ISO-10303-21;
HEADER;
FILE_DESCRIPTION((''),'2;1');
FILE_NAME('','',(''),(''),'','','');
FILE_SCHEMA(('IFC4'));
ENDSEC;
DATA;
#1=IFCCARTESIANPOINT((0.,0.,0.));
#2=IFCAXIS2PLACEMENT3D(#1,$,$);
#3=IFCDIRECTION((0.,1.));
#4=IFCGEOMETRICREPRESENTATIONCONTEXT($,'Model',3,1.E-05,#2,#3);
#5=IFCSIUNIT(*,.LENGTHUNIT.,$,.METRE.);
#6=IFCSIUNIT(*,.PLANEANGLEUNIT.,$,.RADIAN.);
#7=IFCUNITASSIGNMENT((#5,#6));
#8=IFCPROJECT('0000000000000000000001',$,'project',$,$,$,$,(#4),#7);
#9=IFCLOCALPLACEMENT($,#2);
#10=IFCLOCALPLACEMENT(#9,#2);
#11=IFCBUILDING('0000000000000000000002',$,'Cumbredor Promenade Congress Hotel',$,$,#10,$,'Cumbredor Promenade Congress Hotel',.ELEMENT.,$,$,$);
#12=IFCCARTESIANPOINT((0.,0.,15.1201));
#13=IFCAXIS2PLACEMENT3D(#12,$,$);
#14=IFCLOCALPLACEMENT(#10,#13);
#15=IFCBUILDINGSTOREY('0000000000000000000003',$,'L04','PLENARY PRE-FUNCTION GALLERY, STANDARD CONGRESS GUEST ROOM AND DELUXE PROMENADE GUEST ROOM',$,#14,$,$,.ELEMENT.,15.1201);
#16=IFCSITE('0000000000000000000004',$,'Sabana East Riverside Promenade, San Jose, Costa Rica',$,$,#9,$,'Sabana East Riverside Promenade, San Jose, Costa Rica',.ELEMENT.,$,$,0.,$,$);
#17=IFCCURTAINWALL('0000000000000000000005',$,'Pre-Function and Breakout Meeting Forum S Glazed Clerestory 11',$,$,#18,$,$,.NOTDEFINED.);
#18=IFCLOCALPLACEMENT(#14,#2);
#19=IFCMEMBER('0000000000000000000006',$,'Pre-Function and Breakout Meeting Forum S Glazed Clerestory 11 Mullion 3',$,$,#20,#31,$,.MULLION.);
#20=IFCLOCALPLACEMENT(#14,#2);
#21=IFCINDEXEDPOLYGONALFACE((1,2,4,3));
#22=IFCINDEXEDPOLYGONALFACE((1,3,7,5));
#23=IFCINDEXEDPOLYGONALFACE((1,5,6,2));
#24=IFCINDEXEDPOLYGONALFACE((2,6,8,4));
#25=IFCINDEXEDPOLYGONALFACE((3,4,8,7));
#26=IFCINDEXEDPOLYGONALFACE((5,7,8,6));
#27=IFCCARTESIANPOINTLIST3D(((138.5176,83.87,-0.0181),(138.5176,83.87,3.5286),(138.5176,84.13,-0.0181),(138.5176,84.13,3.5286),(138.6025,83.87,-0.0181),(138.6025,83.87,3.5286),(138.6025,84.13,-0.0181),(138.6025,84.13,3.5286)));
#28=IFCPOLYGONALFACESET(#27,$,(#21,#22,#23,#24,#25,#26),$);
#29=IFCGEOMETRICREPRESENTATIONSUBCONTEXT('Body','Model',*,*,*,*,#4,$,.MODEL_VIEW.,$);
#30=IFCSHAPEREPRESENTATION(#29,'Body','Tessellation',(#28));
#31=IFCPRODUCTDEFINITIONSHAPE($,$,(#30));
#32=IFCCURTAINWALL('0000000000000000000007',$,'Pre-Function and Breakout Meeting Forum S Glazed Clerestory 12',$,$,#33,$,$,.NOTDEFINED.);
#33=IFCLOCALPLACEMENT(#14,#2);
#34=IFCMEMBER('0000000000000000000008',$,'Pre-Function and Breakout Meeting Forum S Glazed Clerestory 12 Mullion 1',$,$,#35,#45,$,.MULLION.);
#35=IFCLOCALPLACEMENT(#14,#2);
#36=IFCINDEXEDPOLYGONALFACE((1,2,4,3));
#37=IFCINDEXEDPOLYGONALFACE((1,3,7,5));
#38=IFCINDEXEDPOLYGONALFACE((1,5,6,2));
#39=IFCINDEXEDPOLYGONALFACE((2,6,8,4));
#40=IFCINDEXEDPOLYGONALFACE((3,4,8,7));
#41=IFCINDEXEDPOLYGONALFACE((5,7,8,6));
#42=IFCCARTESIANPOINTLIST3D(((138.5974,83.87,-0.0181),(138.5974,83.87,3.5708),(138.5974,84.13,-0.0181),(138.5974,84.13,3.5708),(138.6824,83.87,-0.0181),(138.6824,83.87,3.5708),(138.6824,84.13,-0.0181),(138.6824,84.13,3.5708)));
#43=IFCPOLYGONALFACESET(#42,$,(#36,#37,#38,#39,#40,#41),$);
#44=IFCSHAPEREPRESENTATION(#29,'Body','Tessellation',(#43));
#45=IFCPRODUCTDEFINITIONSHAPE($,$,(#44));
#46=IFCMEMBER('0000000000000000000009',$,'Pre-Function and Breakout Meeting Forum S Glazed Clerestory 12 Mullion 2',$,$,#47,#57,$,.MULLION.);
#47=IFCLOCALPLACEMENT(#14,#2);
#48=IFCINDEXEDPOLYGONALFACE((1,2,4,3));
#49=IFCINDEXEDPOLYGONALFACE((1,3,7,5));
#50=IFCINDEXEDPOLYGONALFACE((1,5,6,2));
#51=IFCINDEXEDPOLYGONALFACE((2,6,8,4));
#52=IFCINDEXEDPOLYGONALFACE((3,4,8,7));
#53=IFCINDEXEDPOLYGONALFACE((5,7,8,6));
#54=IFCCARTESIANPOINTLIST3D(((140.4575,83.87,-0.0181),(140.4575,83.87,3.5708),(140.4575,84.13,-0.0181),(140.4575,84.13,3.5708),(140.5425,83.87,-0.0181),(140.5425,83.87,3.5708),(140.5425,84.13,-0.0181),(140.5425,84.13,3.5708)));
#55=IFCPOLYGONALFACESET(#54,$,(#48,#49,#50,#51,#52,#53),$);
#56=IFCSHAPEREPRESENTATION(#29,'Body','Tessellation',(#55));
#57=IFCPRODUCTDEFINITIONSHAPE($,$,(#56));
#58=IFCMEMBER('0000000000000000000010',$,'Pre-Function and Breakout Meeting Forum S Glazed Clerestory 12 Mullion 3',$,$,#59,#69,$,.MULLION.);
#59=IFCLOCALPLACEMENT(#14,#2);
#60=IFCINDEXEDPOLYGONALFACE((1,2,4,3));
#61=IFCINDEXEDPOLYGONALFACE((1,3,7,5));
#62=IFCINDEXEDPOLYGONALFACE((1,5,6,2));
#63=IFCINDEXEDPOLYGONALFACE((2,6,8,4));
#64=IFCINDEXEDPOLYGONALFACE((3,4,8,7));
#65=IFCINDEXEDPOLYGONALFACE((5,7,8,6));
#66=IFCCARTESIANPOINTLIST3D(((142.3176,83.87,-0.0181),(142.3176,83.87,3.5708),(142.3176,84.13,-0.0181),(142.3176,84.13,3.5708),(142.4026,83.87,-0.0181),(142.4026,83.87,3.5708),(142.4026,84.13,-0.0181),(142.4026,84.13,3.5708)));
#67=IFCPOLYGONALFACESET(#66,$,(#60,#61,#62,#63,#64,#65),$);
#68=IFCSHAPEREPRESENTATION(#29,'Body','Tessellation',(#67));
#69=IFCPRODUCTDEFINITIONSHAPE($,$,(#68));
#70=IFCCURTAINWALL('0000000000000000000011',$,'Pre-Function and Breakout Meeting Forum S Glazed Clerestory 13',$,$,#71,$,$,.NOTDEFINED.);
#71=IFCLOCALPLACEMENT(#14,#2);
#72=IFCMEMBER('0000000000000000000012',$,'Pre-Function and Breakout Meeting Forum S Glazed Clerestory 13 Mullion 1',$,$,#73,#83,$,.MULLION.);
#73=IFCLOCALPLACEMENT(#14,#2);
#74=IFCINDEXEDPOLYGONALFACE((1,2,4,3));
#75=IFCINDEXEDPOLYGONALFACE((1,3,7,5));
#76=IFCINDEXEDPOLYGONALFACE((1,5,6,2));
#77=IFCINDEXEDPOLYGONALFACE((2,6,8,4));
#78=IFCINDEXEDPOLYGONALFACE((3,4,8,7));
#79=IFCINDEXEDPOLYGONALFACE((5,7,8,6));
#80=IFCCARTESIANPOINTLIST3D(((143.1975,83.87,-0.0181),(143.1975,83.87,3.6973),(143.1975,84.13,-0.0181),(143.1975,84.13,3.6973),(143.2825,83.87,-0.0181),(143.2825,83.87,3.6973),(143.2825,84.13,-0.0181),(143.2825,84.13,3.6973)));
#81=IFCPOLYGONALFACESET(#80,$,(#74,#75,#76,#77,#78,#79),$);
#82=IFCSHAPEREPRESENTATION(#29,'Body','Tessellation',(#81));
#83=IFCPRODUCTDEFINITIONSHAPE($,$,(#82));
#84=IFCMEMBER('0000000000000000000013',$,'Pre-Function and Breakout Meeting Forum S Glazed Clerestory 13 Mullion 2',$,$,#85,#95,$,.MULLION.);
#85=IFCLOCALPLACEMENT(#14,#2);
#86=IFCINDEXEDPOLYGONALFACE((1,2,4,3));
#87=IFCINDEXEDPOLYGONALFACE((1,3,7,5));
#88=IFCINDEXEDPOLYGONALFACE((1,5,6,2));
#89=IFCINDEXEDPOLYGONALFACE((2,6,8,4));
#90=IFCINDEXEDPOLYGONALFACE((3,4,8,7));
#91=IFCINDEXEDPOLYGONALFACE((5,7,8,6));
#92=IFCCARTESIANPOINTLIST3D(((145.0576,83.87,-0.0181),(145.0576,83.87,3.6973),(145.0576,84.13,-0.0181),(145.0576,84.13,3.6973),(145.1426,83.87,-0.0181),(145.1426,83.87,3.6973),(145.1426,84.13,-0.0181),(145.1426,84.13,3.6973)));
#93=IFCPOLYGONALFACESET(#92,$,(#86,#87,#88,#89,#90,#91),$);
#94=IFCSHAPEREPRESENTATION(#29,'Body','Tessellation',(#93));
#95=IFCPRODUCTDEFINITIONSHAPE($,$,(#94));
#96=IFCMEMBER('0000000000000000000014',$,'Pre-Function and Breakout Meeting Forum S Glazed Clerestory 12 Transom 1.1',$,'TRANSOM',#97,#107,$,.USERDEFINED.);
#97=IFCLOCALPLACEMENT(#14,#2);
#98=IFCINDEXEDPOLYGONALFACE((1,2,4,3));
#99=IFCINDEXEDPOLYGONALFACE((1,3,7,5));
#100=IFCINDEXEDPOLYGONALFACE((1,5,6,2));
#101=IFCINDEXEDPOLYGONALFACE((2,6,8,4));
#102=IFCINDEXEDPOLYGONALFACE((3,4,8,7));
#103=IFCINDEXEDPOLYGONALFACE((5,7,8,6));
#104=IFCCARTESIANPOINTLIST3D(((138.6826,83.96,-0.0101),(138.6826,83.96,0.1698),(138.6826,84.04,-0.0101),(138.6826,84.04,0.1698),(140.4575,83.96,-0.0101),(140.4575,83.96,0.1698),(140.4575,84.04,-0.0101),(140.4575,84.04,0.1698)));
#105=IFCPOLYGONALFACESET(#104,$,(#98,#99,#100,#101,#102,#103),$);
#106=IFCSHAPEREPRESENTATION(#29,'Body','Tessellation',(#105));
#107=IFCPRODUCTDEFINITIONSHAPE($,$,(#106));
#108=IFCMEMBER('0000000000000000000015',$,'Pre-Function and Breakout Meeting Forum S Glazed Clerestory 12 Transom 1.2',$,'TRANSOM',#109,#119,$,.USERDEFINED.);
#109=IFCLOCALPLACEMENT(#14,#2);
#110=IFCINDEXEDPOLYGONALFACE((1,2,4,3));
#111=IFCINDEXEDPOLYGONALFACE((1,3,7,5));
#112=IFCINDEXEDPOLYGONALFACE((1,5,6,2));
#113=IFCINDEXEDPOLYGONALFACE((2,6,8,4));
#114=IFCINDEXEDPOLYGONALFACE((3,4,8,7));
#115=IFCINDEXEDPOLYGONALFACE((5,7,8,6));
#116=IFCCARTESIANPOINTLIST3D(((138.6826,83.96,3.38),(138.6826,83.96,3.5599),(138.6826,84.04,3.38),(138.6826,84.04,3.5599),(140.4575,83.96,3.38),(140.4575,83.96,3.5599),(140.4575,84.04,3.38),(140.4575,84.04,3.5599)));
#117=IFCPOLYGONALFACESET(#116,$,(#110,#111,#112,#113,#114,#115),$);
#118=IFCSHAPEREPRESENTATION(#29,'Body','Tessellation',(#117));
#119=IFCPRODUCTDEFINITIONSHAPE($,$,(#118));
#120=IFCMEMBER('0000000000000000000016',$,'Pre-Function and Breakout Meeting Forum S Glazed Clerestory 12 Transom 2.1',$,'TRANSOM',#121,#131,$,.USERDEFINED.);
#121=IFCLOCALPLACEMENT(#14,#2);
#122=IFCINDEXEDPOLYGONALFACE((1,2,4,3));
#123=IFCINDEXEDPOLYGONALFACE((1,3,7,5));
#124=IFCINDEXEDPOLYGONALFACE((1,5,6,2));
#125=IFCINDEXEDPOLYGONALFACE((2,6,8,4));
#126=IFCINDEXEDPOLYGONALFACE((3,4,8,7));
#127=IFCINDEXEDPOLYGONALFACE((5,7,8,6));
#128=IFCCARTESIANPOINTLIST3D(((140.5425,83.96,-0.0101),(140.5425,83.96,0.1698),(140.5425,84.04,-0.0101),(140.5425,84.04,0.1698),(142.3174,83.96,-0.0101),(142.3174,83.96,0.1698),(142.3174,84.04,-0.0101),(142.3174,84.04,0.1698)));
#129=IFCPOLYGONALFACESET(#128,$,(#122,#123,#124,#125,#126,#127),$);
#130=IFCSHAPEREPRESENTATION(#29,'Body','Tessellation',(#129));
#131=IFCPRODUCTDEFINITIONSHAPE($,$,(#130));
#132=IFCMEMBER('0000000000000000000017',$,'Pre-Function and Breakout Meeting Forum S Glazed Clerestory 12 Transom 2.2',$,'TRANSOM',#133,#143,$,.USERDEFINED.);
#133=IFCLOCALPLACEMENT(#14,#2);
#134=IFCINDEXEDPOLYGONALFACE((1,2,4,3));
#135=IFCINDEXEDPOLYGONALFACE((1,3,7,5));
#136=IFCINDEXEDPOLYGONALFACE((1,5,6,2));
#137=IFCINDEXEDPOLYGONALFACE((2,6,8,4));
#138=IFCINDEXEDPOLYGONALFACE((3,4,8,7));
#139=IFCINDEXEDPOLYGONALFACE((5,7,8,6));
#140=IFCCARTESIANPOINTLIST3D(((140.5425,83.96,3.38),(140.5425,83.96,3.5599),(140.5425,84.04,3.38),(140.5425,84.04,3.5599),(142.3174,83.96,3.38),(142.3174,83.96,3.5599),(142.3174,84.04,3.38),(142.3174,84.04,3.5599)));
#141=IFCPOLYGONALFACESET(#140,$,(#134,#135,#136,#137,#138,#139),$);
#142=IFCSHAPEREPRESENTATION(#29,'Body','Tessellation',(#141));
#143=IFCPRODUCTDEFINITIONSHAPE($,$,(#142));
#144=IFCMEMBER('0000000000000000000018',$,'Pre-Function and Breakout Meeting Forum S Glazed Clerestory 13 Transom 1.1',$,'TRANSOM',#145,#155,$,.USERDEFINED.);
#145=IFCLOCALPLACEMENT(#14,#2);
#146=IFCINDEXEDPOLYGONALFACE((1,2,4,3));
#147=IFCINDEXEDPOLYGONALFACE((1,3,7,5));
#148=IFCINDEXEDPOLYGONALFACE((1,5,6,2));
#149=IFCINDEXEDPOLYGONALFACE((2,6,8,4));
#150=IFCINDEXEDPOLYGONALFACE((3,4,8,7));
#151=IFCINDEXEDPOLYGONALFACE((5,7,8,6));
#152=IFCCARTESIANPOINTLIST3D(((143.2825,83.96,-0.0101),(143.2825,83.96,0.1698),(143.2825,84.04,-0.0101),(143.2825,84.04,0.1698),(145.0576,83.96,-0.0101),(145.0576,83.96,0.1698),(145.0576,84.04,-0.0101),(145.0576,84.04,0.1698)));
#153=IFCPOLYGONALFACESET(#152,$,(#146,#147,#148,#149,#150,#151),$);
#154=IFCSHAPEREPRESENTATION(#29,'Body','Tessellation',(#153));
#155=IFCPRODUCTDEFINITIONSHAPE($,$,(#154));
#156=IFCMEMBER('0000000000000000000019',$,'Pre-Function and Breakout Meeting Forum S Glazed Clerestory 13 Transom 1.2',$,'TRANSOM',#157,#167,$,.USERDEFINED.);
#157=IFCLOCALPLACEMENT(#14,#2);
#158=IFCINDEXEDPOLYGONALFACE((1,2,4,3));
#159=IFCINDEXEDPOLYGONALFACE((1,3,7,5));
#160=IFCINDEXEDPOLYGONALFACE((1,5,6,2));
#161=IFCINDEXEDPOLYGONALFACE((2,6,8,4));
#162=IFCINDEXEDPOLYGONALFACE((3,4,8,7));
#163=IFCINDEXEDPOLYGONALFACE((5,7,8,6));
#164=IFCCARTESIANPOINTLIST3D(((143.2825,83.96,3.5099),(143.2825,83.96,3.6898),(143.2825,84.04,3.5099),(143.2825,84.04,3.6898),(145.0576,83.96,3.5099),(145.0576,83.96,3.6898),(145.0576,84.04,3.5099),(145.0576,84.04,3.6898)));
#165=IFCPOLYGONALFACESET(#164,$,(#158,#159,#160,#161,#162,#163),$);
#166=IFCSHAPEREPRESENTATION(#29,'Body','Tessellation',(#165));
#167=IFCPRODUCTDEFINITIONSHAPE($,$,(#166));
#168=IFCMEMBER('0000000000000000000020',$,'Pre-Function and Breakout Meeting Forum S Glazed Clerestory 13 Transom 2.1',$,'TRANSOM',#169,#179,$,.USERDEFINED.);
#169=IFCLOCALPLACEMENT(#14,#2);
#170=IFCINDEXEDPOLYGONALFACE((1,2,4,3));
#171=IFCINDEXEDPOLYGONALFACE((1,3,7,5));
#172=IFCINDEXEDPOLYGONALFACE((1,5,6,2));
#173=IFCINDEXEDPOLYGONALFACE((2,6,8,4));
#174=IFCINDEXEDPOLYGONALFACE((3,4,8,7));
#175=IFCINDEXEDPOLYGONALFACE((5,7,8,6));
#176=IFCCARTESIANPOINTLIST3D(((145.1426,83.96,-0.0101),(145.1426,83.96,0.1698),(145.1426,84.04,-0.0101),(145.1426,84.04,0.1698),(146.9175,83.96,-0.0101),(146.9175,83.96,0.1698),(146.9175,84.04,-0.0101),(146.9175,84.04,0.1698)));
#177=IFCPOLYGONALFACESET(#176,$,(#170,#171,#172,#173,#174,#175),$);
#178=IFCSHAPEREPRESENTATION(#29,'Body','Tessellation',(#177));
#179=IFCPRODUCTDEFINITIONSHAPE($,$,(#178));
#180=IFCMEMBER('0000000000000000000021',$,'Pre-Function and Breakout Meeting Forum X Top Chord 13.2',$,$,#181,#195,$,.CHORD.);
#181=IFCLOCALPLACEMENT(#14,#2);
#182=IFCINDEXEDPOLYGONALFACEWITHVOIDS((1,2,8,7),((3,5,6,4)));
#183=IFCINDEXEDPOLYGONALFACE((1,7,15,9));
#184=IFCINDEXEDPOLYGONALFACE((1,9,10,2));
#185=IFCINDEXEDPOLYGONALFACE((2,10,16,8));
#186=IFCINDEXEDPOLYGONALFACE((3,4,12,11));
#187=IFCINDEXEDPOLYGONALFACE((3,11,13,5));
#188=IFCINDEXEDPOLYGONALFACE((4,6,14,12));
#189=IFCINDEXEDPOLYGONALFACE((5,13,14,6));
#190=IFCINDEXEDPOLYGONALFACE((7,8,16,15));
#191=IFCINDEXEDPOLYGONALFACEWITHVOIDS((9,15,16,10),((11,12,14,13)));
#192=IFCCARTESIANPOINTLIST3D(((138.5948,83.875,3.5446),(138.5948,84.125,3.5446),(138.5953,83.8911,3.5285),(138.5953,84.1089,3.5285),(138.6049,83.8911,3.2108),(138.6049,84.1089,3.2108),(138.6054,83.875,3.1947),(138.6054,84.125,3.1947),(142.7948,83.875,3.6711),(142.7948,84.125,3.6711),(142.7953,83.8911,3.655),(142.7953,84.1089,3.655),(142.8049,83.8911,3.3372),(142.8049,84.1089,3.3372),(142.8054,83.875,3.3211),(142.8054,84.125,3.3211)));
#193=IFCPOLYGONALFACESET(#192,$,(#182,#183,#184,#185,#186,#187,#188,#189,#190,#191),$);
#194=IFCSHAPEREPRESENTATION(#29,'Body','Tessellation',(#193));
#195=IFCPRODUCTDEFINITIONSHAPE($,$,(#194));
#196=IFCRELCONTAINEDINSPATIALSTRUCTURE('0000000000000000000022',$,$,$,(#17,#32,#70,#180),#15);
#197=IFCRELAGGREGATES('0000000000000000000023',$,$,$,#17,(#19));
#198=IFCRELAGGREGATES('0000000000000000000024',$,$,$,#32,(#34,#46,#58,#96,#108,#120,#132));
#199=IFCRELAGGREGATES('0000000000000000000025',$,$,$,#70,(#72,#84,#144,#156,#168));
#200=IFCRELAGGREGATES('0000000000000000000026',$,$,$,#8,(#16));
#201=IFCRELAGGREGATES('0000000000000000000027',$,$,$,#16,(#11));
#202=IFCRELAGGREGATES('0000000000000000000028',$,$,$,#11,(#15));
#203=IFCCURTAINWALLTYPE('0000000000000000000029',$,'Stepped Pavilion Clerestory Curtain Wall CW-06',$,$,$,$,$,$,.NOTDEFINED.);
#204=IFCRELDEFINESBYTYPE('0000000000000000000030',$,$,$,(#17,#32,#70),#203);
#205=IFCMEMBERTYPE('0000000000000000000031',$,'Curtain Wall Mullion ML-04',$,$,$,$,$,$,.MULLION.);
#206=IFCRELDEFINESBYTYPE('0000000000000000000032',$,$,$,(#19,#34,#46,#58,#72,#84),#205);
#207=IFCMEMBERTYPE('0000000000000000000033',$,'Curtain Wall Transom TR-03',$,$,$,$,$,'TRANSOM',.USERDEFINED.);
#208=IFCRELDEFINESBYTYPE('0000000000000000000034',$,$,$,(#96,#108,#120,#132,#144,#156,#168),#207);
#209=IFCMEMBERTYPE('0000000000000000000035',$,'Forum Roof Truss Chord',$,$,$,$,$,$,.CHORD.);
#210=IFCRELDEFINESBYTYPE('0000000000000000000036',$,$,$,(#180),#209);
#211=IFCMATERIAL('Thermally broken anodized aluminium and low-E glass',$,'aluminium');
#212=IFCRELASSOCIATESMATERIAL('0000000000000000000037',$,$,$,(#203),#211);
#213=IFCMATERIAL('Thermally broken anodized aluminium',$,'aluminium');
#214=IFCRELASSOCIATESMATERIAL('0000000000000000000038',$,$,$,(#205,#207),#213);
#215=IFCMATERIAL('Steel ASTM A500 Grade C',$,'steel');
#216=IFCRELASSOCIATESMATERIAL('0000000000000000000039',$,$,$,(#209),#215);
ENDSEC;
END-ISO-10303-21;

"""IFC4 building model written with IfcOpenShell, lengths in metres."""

from ifc_helpers import new_model, si_unit, direction, frame, origin, origin_2d, place, context, subcontext, project, spatial, rectangle, hollow_rectangle, extrude, material, material_profile, profile_set, type_object, element, aggregate, save


model = new_model("IFC4")

# Units and contexts
model_context = context("Model", 3, precision=1e-05, world=origin(), true_north=direction((0.0, 1.0)))
body_context = subcontext(model_context, "Body", "Model", "MODEL_VIEW")
ifc_project = project(units=[si_unit("LENGTHUNIT", "METRE"), si_unit("PLANEANGLEUNIT", "RADIAN")], contexts=[model_context])

# Site, building, storey
site_placement = place(None, origin())
site = spatial("IfcSite", under=ifc_project, at=site_placement, Name="Sabana East Riverside Promenade, San Jose, Costa Rica", LongName="Sabana East Riverside Promenade, San Jose, Costa Rica", CompositionType="ELEMENT", RefElevation=0.0)
building_placement = place(site_placement, origin())
building = spatial("IfcBuilding", under=site, at=building_placement, Name="Cumbredor Promenade Congress Hotel", LongName="Cumbredor Promenade Congress Hotel", CompositionType="ELEMENT")
storey_placement = place(building_placement, frame((0.0, 0.0, 15.1201)))
storey = spatial("IfcBuildingStorey", under=building, at=storey_placement, Name="L04", Description="PLENARY PRE-FUNCTION GALLERY, STANDARD CONGRESS GUEST ROOM AND DELUXE PROMENADE GUEST ROOM", CompositionType="ELEMENT", Elevation=15.1201)

# Curtain wall, member
ifc_material_1 = material(Name="Thermally broken anodized aluminium and low-E glass", Category="aluminium")
curtain_wall_type = type_object("IfcCurtainWallType", Name="Stepped Pavilion Clerestory Curtain Wall CW-06", PredefinedType="NOTDEFINED", material=ifc_material_1)
curtain_wall_1_placement = place(storey_placement, origin())
curtain_wall_1 = element("IfcCurtainWall", 1, at=curtain_wall_1_placement, inside=storey, type_object=curtain_wall_type, Name="Pre-Function and Breakout Meeting Forum S Glazed Clerestory 11", PredefinedType="NOTDEFINED")
ifc_material_2 = material(Name="Thermally broken anodized aluminium", Category="aluminium")
ifc_material_profile_1 = material_profile(ifc_material_2, rectangle(XDim=0.085, YDim=0.26, at=origin_2d()), Name="ALU MULLION CLERESTORY 85x260")
ifc_profile_set_1 = profile_set([ifc_material_profile_1], Name="Thermally broken anodized aluminium")
member_type_1 = type_object("IfcMemberType", Name="Curtain Wall Mullion ML-04", PredefinedType="MULLION", material=ifc_profile_set_1)
member_1_placement = place(storey_placement, frame((138.5601, 84.0, -0.0181), z_axis=(0.0, 0.0, 1.0), x_axis=(1.0, 0.0, 0.0)))
member_1 = element("IfcMember", 2, at=member_1_placement, type_object=member_type_1, Name="Pre-Function and Breakout Meeting Forum S Glazed Clerestory 11 Mullion 3", PredefinedType="MULLION", context=body_context, shape_type="SweptSolid", body=[
    extrude(rectangle(XDim=0.085, YDim=0.26, at=origin_2d()), origin(), (0.0, 0.0, 1.0), 3.5466),
])
aggregate(curtain_wall_1, [member_1])

# Curtain walls, members
curtain_wall_2_placement = place(storey_placement, origin())
curtain_wall_2 = element("IfcCurtainWall", 3, at=curtain_wall_2_placement, inside=storey, type_object=curtain_wall_type, Name="Pre-Function and Breakout Meeting Forum S Glazed Clerestory 12", PredefinedType="NOTDEFINED")
member_2_placement = place(storey_placement, frame((138.6399, 84.0, -0.0181), z_axis=(0.0, 0.0, 1.0), x_axis=(1.0, 0.0, 0.0)))
member_2 = element("IfcMember", 4, at=member_2_placement, type_object=member_type_1, Name="Pre-Function and Breakout Meeting Forum S Glazed Clerestory 12 Mullion 1", PredefinedType="MULLION", context=body_context, shape_type="SweptSolid", body=[
    extrude(rectangle(XDim=0.085, YDim=0.26, at=origin_2d()), origin(), (0.0, 0.0, 1.0), 3.5889),
])
member_3_placement = place(storey_placement, frame((140.5, 84.0, -0.0181), z_axis=(0.0, 0.0, 1.0), x_axis=(1.0, 0.0, 0.0)))
member_3 = element("IfcMember", 5, at=member_3_placement, type_object=member_type_1, Name="Pre-Function and Breakout Meeting Forum S Glazed Clerestory 12 Mullion 2", PredefinedType="MULLION", context=body_context, shape_type="SweptSolid", body=[
    extrude(rectangle(XDim=0.085, YDim=0.26, at=origin_2d()), origin(), (0.0, 0.0, 1.0), 3.5889),
])
member_4_placement = place(storey_placement, frame((142.3601, 84.0, -0.0181), z_axis=(0.0, 0.0, 1.0), x_axis=(1.0, 0.0, 0.0)))
member_4 = element("IfcMember", 6, at=member_4_placement, type_object=member_type_1, Name="Pre-Function and Breakout Meeting Forum S Glazed Clerestory 12 Mullion 3", PredefinedType="MULLION", context=body_context, shape_type="SweptSolid", body=[
    extrude(rectangle(XDim=0.085, YDim=0.26, at=origin_2d()), origin(), (0.0, 0.0, 1.0), 3.5889),
])
curtain_wall_3_placement = place(storey_placement, origin())
curtain_wall_3 = element("IfcCurtainWall", 7, at=curtain_wall_3_placement, inside=storey, type_object=curtain_wall_type, Name="Pre-Function and Breakout Meeting Forum S Glazed Clerestory 13", PredefinedType="NOTDEFINED")
member_5_placement = place(storey_placement, frame((143.24, 84.0, -0.0181), z_axis=(0.0, 0.0, 1.0), x_axis=(1.0, 0.0, 0.0)))
member_5 = element("IfcMember", 8, at=member_5_placement, type_object=member_type_1, Name="Pre-Function and Breakout Meeting Forum S Glazed Clerestory 13 Mullion 1", PredefinedType="MULLION", context=body_context, shape_type="SweptSolid", body=[
    extrude(rectangle(XDim=0.085, YDim=0.26, at=origin_2d()), origin(), (0.0, 0.0, 1.0), 3.7153),
])
member_6_placement = place(storey_placement, frame((145.1001, 84.0, -0.0181), z_axis=(0.0, 0.0, 1.0), x_axis=(1.0, 0.0, 0.0)))
member_6 = element("IfcMember", 9, at=member_6_placement, type_object=member_type_1, Name="Pre-Function and Breakout Meeting Forum S Glazed Clerestory 13 Mullion 2", PredefinedType="MULLION", context=body_context, shape_type="SweptSolid", body=[
    extrude(rectangle(XDim=0.085, YDim=0.26, at=origin_2d()), origin(), (0.0, 0.0, 1.0), 3.7153),
])

# Members
ifc_material_profile_2 = material_profile(ifc_material_2, rectangle(XDim=0.0801, YDim=0.1799, at=origin_2d()), Name="ALU TRANSOM 80x180")
ifc_profile_set_2 = profile_set([ifc_material_profile_2], Name="Thermally broken anodized aluminium")
member_type_2 = type_object("IfcMemberType", Name="Curtain Wall Transom TR-03", ElementType="TRANSOM", PredefinedType="USERDEFINED", material=ifc_profile_set_2)
member_7_placement = place(storey_placement, frame((138.6826, 84.0, 0.0798), z_axis=(1.0, 0.0, 0.0), x_axis=(0.0, 1.0, 0.0)))
member_7 = element("IfcMember", 10, at=member_7_placement, type_object=member_type_2, Name="Pre-Function and Breakout Meeting Forum S Glazed Clerestory 12 Transom 1.1", ObjectType="TRANSOM", PredefinedType="USERDEFINED", context=body_context, shape_type="SweptSolid", body=[
    extrude(rectangle(XDim=0.0801, YDim=0.1799, at=origin_2d()), origin(), (0.0, 0.0, 1.0), 1.7749),
])
member_8_placement = place(storey_placement, frame((138.6826, 84.0, 3.47), z_axis=(1.0, 0.0, 0.0), x_axis=(0.0, 1.0, 0.0)))
member_8 = element("IfcMember", 11, at=member_8_placement, type_object=member_type_2, Name="Pre-Function and Breakout Meeting Forum S Glazed Clerestory 12 Transom 1.2", ObjectType="TRANSOM", PredefinedType="USERDEFINED", context=body_context, shape_type="SweptSolid", body=[
    extrude(rectangle(XDim=0.0801, YDim=0.1799, at=origin_2d()), origin(), (0.0, 0.0, 1.0), 1.7749),
])
member_9_placement = place(storey_placement, frame((140.5425, 84.0, 0.0798), z_axis=(1.0, 0.0, 0.0), x_axis=(0.0, 1.0, 0.0)))
member_9 = element("IfcMember", 12, at=member_9_placement, type_object=member_type_2, Name="Pre-Function and Breakout Meeting Forum S Glazed Clerestory 12 Transom 2.1", ObjectType="TRANSOM", PredefinedType="USERDEFINED", context=body_context, shape_type="SweptSolid", body=[
    extrude(rectangle(XDim=0.0801, YDim=0.1799, at=origin_2d()), origin(), (0.0, 0.0, 1.0), 1.7749),
])
member_10_placement = place(storey_placement, frame((140.5425, 84.0, 3.47), z_axis=(1.0, 0.0, 0.0), x_axis=(0.0, 1.0, 0.0)))
member_10 = element("IfcMember", 13, at=member_10_placement, type_object=member_type_2, Name="Pre-Function and Breakout Meeting Forum S Glazed Clerestory 12 Transom 2.2", ObjectType="TRANSOM", PredefinedType="USERDEFINED", context=body_context, shape_type="SweptSolid", body=[
    extrude(rectangle(XDim=0.0801, YDim=0.1799, at=origin_2d()), origin(), (0.0, 0.0, 1.0), 1.7749),
])
member_11_placement = place(storey_placement, frame((143.2825, 84.0, 0.0798), z_axis=(1.0, 0.0, 0.0), x_axis=(0.0, 1.0, 0.0)))
member_11 = element("IfcMember", 14, at=member_11_placement, type_object=member_type_2, Name="Pre-Function and Breakout Meeting Forum S Glazed Clerestory 13 Transom 1.1", ObjectType="TRANSOM", PredefinedType="USERDEFINED", context=body_context, shape_type="SweptSolid", body=[
    extrude(rectangle(XDim=0.0801, YDim=0.1799, at=origin_2d()), origin(), (0.0, 0.0, 1.0), 1.7751),
])
member_12_placement = place(storey_placement, frame((143.2825, 84.0, 3.5999), z_axis=(1.0, 0.0, 0.0), x_axis=(0.0, 1.0, 0.0)))
member_12 = element("IfcMember", 15, at=member_12_placement, type_object=member_type_2, Name="Pre-Function and Breakout Meeting Forum S Glazed Clerestory 13 Transom 1.2", ObjectType="TRANSOM", PredefinedType="USERDEFINED", context=body_context, shape_type="SweptSolid", body=[
    extrude(rectangle(XDim=0.0801, YDim=0.1799, at=origin_2d()), origin(), (0.0, 0.0, 1.0), 1.7751),
])
member_13_placement = place(storey_placement, frame((145.1426, 84.0, 0.0798), z_axis=(1.0, 0.0, 0.0), x_axis=(0.0, 1.0, 0.0)))
member_13 = element("IfcMember", 16, at=member_13_placement, type_object=member_type_2, Name="Pre-Function and Breakout Meeting Forum S Glazed Clerestory 13 Transom 2.1", ObjectType="TRANSOM", PredefinedType="USERDEFINED", context=body_context, shape_type="SweptSolid", body=[
    extrude(rectangle(XDim=0.0801, YDim=0.1799, at=origin_2d()), origin(), (0.0, 0.0, 1.0), 1.7749),
])

# Member
ifc_material_3 = material(Name="Steel ASTM A500 Grade C", Category="steel")
ifc_material_profile_3 = material_profile(ifc_material_3, hollow_rectangle(XDim=0.25, YDim=0.3501, WallThickness=0.0161, at=origin_2d()), Name="HSS 350x250x16")
ifc_profile_set_3 = profile_set([ifc_material_profile_3], Name="Steel ASTM A500 Grade C")
member_type_3 = type_object("IfcMemberType", Name="Forum Roof Truss Chord", PredefinedType="CHORD", material=ifc_profile_set_3)
for number, where, z_axis, x_axis, name in (
    (17, (138.6001, 84.0, 3.3696), (0.999547, 0.0, 0.030097), (0.0, 1.0, 0.0), "Pre-Function and Breakout Meeting Forum X Top Chord 13.2"),
):
    element("IfcMember", number, at=place(storey_placement, frame(where, z_axis=z_axis, x_axis=x_axis)), inside=storey, type_object=member_type_3, Name=name, PredefinedType="CHORD", context=body_context, shape_type="SweptSolid", body=[
        extrude(hollow_rectangle(XDim=0.25, YDim=0.3501, WallThickness=0.0161, at=origin_2d()), origin(), (0.0, 0.0, 1.0), 4.2019),
    ])

aggregate(curtain_wall_2, [member_2, member_3, member_4, member_7, member_8, member_9, member_10])
aggregate(curtain_wall_3, [member_5, member_6, member_11, member_12, member_13])

save(model, "model.ifc")
